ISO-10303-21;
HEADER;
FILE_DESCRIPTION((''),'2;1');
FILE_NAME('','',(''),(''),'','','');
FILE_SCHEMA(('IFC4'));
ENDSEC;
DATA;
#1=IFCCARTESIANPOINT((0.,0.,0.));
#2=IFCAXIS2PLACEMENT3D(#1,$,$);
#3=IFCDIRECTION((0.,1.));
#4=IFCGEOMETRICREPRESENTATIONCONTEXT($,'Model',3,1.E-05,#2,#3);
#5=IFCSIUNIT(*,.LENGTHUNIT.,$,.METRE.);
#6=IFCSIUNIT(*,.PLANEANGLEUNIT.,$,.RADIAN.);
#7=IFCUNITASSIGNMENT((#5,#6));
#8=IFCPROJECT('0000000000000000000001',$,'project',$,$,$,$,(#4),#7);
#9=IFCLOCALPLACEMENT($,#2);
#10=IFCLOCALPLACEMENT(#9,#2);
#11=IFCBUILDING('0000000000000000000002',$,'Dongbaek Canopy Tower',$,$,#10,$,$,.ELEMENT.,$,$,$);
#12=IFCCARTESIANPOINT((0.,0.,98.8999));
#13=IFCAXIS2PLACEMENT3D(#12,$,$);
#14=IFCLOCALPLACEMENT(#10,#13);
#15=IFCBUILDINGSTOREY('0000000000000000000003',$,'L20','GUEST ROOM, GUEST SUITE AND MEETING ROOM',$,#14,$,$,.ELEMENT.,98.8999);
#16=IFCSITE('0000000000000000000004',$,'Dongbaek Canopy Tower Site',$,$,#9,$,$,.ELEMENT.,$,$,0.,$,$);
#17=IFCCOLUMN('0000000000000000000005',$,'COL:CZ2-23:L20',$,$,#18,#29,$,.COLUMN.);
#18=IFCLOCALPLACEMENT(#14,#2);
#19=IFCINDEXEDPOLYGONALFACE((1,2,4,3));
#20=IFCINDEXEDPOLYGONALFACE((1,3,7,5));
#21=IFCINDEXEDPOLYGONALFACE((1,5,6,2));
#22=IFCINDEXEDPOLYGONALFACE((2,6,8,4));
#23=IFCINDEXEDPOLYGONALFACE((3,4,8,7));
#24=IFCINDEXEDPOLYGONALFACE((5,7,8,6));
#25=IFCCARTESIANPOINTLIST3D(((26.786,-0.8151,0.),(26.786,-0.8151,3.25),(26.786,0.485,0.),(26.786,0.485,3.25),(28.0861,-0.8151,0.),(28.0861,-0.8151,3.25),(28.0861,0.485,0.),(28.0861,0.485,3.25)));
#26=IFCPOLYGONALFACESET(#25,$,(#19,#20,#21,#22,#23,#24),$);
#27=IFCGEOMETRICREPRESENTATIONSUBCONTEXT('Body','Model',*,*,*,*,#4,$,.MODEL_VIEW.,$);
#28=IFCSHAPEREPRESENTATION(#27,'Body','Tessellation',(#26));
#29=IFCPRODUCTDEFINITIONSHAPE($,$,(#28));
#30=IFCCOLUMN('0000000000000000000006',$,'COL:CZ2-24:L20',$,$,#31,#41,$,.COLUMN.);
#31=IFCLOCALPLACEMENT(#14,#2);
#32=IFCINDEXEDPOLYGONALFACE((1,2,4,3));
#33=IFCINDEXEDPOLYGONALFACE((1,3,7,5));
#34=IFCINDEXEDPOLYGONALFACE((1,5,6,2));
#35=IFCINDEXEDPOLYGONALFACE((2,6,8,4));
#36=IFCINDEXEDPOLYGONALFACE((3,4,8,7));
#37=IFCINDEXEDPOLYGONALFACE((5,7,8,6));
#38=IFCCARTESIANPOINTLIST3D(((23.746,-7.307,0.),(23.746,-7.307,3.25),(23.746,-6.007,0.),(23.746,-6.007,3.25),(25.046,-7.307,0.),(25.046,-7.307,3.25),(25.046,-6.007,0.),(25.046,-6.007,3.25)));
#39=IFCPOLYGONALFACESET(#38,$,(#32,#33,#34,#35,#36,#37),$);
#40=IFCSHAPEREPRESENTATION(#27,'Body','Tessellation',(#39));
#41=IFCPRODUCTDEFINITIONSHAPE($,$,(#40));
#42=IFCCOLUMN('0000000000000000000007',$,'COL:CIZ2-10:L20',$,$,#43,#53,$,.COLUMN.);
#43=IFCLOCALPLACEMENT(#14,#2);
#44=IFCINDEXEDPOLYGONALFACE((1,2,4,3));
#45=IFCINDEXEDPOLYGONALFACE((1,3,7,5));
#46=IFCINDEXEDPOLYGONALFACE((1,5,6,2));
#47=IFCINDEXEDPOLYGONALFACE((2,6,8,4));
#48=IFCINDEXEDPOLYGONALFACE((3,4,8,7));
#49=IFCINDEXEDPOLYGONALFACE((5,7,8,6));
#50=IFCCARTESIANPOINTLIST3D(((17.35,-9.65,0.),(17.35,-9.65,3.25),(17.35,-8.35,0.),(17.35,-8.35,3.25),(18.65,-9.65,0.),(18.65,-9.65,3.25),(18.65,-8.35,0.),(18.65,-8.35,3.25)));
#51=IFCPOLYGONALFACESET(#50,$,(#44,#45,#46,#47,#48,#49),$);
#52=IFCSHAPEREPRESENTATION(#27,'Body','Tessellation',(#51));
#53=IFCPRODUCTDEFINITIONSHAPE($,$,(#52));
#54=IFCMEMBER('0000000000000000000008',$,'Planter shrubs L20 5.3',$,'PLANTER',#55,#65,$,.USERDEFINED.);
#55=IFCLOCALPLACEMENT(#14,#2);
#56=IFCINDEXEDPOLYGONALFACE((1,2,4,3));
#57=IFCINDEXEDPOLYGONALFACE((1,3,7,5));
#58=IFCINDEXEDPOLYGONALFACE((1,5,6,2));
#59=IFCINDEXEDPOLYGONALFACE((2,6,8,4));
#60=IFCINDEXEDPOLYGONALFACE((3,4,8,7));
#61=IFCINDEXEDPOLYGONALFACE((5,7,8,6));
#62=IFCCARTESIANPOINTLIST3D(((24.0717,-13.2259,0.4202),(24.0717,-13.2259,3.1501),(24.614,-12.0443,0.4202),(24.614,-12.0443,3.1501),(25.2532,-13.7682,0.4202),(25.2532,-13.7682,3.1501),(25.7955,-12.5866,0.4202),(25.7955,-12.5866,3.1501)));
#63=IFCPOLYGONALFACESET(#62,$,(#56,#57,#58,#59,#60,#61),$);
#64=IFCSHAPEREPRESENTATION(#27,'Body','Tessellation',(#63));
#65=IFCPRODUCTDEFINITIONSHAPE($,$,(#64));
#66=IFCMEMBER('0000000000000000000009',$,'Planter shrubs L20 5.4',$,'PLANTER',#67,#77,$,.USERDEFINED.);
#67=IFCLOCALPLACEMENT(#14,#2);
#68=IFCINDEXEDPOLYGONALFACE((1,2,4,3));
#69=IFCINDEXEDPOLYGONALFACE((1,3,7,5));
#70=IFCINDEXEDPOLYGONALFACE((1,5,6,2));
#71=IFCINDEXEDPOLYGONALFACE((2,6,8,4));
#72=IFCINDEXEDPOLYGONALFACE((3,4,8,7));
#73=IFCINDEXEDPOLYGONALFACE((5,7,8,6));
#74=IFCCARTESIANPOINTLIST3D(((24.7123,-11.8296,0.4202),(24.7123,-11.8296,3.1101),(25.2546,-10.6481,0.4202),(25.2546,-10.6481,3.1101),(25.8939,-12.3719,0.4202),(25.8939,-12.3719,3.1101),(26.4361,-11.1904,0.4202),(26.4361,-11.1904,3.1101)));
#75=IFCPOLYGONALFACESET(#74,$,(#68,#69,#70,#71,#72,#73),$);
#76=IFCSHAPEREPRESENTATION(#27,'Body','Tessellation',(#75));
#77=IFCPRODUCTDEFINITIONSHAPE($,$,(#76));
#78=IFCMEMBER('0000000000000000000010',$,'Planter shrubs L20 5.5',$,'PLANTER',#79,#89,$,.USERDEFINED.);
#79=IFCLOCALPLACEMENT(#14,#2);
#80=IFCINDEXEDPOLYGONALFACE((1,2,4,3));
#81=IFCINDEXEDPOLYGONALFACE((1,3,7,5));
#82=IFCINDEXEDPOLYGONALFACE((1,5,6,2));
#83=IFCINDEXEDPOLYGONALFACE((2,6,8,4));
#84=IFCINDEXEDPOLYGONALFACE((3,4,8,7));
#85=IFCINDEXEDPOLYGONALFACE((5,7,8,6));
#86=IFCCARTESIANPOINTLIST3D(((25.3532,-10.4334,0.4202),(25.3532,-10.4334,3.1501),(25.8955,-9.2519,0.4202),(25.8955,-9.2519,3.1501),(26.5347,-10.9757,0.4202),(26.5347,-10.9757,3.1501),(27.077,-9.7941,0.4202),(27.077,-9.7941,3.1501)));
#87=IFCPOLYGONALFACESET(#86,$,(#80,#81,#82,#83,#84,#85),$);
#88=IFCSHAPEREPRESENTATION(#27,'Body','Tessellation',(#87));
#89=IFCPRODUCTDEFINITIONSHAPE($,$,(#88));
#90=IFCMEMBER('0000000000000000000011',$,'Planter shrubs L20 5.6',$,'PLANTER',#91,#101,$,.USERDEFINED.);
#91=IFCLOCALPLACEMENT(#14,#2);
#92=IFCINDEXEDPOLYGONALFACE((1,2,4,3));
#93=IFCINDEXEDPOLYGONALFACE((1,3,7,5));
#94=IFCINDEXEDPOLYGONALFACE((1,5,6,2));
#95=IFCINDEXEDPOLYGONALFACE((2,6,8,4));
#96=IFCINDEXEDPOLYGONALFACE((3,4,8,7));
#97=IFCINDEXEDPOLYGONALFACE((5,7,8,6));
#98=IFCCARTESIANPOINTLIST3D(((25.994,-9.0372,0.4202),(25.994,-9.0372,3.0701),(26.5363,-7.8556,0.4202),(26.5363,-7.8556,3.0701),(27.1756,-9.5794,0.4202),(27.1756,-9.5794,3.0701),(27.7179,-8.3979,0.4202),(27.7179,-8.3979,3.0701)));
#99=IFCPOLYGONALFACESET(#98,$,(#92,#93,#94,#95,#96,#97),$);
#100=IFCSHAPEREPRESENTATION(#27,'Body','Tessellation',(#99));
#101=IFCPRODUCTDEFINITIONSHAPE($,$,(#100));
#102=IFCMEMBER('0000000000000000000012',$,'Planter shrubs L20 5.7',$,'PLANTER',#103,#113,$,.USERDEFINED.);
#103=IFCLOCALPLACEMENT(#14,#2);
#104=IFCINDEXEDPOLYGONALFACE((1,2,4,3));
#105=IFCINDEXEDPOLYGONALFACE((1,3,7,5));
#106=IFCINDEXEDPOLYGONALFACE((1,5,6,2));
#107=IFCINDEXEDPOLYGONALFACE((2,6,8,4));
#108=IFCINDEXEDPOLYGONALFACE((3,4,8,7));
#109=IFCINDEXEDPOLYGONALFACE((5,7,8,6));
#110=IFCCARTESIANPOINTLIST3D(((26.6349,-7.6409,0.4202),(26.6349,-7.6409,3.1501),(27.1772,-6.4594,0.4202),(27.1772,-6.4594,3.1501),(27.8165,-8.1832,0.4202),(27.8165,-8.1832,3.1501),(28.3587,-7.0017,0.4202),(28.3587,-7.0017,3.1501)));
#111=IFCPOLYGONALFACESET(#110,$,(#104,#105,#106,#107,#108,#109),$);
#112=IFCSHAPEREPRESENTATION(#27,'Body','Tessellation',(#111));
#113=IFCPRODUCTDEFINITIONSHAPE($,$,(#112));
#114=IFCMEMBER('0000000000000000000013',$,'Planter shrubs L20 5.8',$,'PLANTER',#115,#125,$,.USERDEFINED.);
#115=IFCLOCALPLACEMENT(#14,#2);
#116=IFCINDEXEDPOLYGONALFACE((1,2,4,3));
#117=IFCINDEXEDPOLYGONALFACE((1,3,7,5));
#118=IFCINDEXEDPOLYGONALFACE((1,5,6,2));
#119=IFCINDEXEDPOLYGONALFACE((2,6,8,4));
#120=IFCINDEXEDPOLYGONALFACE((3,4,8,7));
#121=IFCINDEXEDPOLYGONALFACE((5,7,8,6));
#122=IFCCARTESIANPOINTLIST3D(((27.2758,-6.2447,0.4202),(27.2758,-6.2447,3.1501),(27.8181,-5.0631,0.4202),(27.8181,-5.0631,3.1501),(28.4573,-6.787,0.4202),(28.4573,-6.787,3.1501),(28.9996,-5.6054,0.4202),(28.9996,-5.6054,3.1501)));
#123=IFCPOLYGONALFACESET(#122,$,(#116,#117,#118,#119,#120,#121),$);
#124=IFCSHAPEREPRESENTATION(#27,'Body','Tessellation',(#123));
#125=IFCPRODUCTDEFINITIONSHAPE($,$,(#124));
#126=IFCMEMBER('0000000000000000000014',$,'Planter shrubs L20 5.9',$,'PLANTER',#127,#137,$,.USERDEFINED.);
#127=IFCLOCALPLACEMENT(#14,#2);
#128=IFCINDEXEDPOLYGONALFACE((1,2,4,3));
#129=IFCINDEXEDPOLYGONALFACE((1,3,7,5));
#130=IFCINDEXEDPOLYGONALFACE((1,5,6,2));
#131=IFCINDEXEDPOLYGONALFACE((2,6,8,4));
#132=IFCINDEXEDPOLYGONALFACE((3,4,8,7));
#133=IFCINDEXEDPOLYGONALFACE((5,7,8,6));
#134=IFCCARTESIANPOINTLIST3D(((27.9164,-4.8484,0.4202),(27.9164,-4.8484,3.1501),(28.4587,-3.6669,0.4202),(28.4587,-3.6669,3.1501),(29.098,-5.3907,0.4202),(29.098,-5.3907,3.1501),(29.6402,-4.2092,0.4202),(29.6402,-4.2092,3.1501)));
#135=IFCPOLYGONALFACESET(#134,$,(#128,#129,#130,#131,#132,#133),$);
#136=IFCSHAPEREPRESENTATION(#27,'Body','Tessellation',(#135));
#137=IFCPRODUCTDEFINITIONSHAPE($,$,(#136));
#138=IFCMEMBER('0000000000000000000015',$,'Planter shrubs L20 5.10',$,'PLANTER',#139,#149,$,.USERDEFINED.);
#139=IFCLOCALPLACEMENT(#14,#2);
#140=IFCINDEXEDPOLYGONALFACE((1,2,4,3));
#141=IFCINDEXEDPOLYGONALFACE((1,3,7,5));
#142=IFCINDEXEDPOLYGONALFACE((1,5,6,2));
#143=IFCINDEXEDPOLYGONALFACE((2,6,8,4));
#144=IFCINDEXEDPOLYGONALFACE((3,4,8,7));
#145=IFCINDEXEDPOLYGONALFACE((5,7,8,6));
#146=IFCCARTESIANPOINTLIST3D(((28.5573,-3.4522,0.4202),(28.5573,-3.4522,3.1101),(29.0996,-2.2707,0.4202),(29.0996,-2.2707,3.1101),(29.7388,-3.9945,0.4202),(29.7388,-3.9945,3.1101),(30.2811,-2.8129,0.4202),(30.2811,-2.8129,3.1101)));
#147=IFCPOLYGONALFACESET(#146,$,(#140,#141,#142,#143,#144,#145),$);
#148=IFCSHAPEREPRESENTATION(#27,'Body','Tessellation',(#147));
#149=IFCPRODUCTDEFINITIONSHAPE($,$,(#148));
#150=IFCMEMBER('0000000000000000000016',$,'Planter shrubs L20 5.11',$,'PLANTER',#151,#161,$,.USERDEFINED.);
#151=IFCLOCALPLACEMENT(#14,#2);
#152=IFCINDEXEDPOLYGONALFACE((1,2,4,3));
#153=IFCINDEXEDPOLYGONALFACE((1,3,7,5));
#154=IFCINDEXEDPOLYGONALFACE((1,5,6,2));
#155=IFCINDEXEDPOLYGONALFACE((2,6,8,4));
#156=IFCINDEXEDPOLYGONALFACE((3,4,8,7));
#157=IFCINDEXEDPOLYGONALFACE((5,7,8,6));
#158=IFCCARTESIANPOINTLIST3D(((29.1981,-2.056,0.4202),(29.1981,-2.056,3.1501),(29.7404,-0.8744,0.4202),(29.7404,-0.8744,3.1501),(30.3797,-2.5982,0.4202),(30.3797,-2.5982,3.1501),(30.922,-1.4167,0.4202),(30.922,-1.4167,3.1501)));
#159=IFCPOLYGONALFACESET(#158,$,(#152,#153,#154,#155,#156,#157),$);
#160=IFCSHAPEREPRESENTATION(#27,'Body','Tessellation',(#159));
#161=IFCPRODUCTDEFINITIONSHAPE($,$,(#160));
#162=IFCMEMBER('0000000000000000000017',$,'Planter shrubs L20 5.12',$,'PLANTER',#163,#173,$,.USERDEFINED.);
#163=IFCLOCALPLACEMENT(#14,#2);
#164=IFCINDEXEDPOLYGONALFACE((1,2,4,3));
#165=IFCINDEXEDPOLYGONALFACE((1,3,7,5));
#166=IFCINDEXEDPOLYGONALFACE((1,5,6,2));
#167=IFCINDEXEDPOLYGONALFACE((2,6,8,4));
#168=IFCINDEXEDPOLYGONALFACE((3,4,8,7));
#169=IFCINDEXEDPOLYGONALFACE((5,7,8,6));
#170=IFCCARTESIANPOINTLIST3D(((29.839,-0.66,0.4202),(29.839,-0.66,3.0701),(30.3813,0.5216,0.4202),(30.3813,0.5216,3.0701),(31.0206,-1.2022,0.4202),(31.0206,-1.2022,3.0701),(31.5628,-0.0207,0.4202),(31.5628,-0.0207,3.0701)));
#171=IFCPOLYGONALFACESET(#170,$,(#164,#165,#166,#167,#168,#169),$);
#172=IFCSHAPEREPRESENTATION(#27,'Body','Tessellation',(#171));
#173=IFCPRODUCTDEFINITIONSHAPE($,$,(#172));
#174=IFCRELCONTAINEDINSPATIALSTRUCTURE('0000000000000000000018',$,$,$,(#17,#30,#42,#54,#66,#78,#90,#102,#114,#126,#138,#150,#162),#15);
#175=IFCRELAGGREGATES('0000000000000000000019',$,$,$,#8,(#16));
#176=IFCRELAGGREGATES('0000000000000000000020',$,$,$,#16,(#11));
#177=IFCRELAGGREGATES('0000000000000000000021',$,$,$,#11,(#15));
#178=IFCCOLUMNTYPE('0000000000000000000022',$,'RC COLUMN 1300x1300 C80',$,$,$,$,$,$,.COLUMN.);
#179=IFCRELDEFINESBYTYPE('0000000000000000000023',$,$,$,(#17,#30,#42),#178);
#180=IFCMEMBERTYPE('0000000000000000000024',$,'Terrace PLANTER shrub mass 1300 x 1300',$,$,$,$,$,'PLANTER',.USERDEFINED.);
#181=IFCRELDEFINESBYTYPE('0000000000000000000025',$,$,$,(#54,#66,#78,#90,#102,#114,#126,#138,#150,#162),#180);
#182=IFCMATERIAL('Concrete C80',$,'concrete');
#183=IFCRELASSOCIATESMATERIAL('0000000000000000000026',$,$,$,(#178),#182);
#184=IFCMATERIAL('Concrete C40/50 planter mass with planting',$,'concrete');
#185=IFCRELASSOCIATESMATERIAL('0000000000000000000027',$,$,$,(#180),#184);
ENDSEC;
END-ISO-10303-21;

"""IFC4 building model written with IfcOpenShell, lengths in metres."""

from ifc_helpers import new_model, si_unit, direction, frame, origin, origin_2d, place, context, subcontext, project, spatial, rectangle, extrude, material, material_profile, profile_set, type_object, element, save


model = new_model("IFC4")

# Units and contexts
model_context = context("Model", 3, precision=1e-05, world=origin(), true_north=direction((0.0, 1.0)))
body_context = subcontext(model_context, "Body", "Model", "MODEL_VIEW")
ifc_project = project(units=[si_unit("LENGTHUNIT", "METRE"), si_unit("PLANEANGLEUNIT", "RADIAN")], contexts=[model_context])

# Site, building, storey
site_placement = place(None, origin())
site = spatial("IfcSite", under=ifc_project, at=site_placement, Name="Dongbaek Canopy Tower Site", CompositionType="ELEMENT", RefElevation=0.0)
building_placement = place(site_placement, origin())
building = spatial("IfcBuilding", under=site, at=building_placement, Name="Dongbaek Canopy Tower", CompositionType="ELEMENT")
storey_placement = place(building_placement, frame((0.0, 0.0, 98.8999)))
storey = spatial("IfcBuildingStorey", under=building, at=storey_placement, Name="L20", Description="GUEST ROOM, GUEST SUITE AND MEETING ROOM", CompositionType="ELEMENT", Elevation=98.8999)

# Columns
ifc_material_1 = material(Name="Concrete C80", Category="concrete")
ifc_material_profile_1 = material_profile(ifc_material_1, rectangle(XDim=1.3, YDim=1.3, at=origin_2d()), Name="RC COLUMN 1300x1300 C80")
ifc_profile_set_1 = profile_set([ifc_material_profile_1], Name="Concrete C80")
column_type = type_object("IfcColumnType", Name="RC COLUMN 1300x1300 C80", PredefinedType="COLUMN", material=ifc_profile_set_1)
for number, where, z_axis, x_axis, name in (
    (1, (27.436, -0.165, 0.0), (0.0, 0.0, 1.0), (1.0, 0.0, 0.0), "COL:CZ2-23:L20"),
    (2, (24.396, -6.657, 0.0), (0.0, 0.0, 1.0), (1.0, 0.0, 0.0), "COL:CZ2-24:L20"),
    (3, (18.0, -9.0, 0.0), (0.0, 0.0, 1.0), (1.0, 0.0, 0.0), "COL:CIZ2-10:L20"),
):
    element("IfcColumn", number, at=place(storey_placement, frame(where, z_axis=z_axis, x_axis=x_axis)), inside=storey, type_object=column_type, Name=name, PredefinedType="COLUMN", context=body_context, shape_type="SweptSolid", body=[
        extrude(rectangle(XDim=1.3, YDim=1.3, at=origin_2d()), origin(), (0.0, 0.0, 1.0), 3.25),
    ])

# Members
ifc_material_2 = material(Name="Concrete C40/50 planter mass with planting", Category="concrete")
ifc_material_profile_2 = material_profile(ifc_material_2, rectangle(XDim=1.3, YDim=1.3, at=origin_2d()), Name="Terrace PLANTER shrub mass 1300 x 1300")
ifc_profile_set_2 = profile_set([ifc_material_profile_2], Name="Concrete C40/50 planter mass with planting")
member_type = type_object("IfcMemberType", Name="Terrace PLANTER shrub mass 1300 x 1300", ElementType="PLANTER", PredefinedType="USERDEFINED", material=ifc_profile_set_2)
member_1_placement = place(storey_placement, frame((24.9336, -12.9062, 0.4202), z_axis=(0.0, 0.0, 1.0), x_axis=(0.908849, -0.417126, 0.0)))
element("IfcMember", 4, at=member_1_placement, inside=storey, type_object=member_type, Name="Planter shrubs L20 5.3", ObjectType="PLANTER", PredefinedType="USERDEFINED", context=body_context, shape_type="SweptSolid", body=[
    extrude(rectangle(XDim=1.3, YDim=1.3, at=origin_2d()), origin(), (0.0, 0.0, 1.0), 2.73),
])
member_2_placement = place(storey_placement, frame((25.5742, -11.51, 0.4202), z_axis=(0.0, 0.0, 1.0), x_axis=(0.908849, -0.417126, 0.0)))
element("IfcMember", 5, at=member_2_placement, inside=storey, type_object=member_type, Name="Planter shrubs L20 5.4", ObjectType="PLANTER", PredefinedType="USERDEFINED", context=body_context, shape_type="SweptSolid", body=[
    extrude(rectangle(XDim=1.3, YDim=1.3, at=origin_2d()), origin(), (0.0, 0.0, 1.0), 2.6899),
])
member_3_placement = place(storey_placement, frame((26.2151, -10.1138, 0.4202), z_axis=(0.0, 0.0, 1.0), x_axis=(0.908849, -0.417126, 0.0)))
element("IfcMember", 6, at=member_3_placement, inside=storey, type_object=member_type, Name="Planter shrubs L20 5.5", ObjectType="PLANTER", PredefinedType="USERDEFINED", context=body_context, shape_type="SweptSolid", body=[
    extrude(rectangle(XDim=1.3, YDim=1.3, at=origin_2d()), origin(), (0.0, 0.0, 1.0), 2.73),
])
member_4_placement = place(storey_placement, frame((26.856, -8.7175, 0.4202), z_axis=(0.0, 0.0, 1.0), x_axis=(0.908849, -0.417126, 0.0)))
element("IfcMember", 7, at=member_4_placement, inside=storey, type_object=member_type, Name="Planter shrubs L20 5.6", ObjectType="PLANTER", PredefinedType="USERDEFINED", context=body_context, shape_type="SweptSolid", body=[
    extrude(rectangle(XDim=1.3, YDim=1.3, at=origin_2d()), origin(), (0.0, 0.0, 1.0), 2.6499),
])
for number, where, z_axis, x_axis, name in (
    (8, (27.4968, -7.3213, 0.4202), (0.0, 0.0, 1.0), (0.908849, -0.417126, 0.0), "Planter shrubs L20 5.7"),
    (9, (28.1377, -5.925, 0.4202), (0.0, 0.0, 1.0), (0.908849, -0.417126, 0.0), "Planter shrubs L20 5.8"),
    (10, (28.7783, -4.5288, 0.4202), (0.0, 0.0, 1.0), (0.908849, -0.417126, 0.0), "Planter shrubs L20 5.9"),
):
    element("IfcMember", number, at=place(storey_placement, frame(where, z_axis=z_axis, x_axis=x_axis)), inside=storey, type_object=member_type, Name=name, ObjectType="PLANTER", PredefinedType="USERDEFINED", context=body_context, shape_type="SweptSolid", body=[
        extrude(rectangle(XDim=1.3, YDim=1.3, at=origin_2d()), origin(), (0.0, 0.0, 1.0), 2.73),
    ])
member_5_placement = place(storey_placement, frame((29.4192, -3.1326, 0.4202), z_axis=(0.0, 0.0, 1.0), x_axis=(0.908849, -0.417126, 0.0)))
element("IfcMember", 11, at=member_5_placement, inside=storey, type_object=member_type, Name="Planter shrubs L20 5.10", ObjectType="PLANTER", PredefinedType="USERDEFINED", context=body_context, shape_type="SweptSolid", body=[
    extrude(rectangle(XDim=1.3, YDim=1.3, at=origin_2d()), origin(), (0.0, 0.0, 1.0), 2.6899),
])
member_6_placement = place(storey_placement, frame((30.0601, -1.7363, 0.4202), z_axis=(0.0, 0.0, 1.0), x_axis=(0.908849, -0.417126, 0.0)))
element("IfcMember", 12, at=member_6_placement, inside=storey, type_object=member_type, Name="Planter shrubs L20 5.11", ObjectType="PLANTER", PredefinedType="USERDEFINED", context=body_context, shape_type="SweptSolid", body=[
    extrude(rectangle(XDim=1.3, YDim=1.3, at=origin_2d()), origin(), (0.0, 0.0, 1.0), 2.73),
])
member_7_placement = place(storey_placement, frame((30.7009, -0.3403, 0.4202), z_axis=(0.0, 0.0, 1.0), x_axis=(0.908849, -0.417126, 0.0)))
element("IfcMember", 13, at=member_7_placement, inside=storey, type_object=member_type, Name="Planter shrubs L20 5.12", ObjectType="PLANTER", PredefinedType="USERDEFINED", context=body_context, shape_type="SweptSolid", body=[
    extrude(rectangle(XDim=1.3, YDim=1.3, at=origin_2d()), origin(), (0.0, 0.0, 1.0), 2.6499),
])

save(model, "model.ifc")
